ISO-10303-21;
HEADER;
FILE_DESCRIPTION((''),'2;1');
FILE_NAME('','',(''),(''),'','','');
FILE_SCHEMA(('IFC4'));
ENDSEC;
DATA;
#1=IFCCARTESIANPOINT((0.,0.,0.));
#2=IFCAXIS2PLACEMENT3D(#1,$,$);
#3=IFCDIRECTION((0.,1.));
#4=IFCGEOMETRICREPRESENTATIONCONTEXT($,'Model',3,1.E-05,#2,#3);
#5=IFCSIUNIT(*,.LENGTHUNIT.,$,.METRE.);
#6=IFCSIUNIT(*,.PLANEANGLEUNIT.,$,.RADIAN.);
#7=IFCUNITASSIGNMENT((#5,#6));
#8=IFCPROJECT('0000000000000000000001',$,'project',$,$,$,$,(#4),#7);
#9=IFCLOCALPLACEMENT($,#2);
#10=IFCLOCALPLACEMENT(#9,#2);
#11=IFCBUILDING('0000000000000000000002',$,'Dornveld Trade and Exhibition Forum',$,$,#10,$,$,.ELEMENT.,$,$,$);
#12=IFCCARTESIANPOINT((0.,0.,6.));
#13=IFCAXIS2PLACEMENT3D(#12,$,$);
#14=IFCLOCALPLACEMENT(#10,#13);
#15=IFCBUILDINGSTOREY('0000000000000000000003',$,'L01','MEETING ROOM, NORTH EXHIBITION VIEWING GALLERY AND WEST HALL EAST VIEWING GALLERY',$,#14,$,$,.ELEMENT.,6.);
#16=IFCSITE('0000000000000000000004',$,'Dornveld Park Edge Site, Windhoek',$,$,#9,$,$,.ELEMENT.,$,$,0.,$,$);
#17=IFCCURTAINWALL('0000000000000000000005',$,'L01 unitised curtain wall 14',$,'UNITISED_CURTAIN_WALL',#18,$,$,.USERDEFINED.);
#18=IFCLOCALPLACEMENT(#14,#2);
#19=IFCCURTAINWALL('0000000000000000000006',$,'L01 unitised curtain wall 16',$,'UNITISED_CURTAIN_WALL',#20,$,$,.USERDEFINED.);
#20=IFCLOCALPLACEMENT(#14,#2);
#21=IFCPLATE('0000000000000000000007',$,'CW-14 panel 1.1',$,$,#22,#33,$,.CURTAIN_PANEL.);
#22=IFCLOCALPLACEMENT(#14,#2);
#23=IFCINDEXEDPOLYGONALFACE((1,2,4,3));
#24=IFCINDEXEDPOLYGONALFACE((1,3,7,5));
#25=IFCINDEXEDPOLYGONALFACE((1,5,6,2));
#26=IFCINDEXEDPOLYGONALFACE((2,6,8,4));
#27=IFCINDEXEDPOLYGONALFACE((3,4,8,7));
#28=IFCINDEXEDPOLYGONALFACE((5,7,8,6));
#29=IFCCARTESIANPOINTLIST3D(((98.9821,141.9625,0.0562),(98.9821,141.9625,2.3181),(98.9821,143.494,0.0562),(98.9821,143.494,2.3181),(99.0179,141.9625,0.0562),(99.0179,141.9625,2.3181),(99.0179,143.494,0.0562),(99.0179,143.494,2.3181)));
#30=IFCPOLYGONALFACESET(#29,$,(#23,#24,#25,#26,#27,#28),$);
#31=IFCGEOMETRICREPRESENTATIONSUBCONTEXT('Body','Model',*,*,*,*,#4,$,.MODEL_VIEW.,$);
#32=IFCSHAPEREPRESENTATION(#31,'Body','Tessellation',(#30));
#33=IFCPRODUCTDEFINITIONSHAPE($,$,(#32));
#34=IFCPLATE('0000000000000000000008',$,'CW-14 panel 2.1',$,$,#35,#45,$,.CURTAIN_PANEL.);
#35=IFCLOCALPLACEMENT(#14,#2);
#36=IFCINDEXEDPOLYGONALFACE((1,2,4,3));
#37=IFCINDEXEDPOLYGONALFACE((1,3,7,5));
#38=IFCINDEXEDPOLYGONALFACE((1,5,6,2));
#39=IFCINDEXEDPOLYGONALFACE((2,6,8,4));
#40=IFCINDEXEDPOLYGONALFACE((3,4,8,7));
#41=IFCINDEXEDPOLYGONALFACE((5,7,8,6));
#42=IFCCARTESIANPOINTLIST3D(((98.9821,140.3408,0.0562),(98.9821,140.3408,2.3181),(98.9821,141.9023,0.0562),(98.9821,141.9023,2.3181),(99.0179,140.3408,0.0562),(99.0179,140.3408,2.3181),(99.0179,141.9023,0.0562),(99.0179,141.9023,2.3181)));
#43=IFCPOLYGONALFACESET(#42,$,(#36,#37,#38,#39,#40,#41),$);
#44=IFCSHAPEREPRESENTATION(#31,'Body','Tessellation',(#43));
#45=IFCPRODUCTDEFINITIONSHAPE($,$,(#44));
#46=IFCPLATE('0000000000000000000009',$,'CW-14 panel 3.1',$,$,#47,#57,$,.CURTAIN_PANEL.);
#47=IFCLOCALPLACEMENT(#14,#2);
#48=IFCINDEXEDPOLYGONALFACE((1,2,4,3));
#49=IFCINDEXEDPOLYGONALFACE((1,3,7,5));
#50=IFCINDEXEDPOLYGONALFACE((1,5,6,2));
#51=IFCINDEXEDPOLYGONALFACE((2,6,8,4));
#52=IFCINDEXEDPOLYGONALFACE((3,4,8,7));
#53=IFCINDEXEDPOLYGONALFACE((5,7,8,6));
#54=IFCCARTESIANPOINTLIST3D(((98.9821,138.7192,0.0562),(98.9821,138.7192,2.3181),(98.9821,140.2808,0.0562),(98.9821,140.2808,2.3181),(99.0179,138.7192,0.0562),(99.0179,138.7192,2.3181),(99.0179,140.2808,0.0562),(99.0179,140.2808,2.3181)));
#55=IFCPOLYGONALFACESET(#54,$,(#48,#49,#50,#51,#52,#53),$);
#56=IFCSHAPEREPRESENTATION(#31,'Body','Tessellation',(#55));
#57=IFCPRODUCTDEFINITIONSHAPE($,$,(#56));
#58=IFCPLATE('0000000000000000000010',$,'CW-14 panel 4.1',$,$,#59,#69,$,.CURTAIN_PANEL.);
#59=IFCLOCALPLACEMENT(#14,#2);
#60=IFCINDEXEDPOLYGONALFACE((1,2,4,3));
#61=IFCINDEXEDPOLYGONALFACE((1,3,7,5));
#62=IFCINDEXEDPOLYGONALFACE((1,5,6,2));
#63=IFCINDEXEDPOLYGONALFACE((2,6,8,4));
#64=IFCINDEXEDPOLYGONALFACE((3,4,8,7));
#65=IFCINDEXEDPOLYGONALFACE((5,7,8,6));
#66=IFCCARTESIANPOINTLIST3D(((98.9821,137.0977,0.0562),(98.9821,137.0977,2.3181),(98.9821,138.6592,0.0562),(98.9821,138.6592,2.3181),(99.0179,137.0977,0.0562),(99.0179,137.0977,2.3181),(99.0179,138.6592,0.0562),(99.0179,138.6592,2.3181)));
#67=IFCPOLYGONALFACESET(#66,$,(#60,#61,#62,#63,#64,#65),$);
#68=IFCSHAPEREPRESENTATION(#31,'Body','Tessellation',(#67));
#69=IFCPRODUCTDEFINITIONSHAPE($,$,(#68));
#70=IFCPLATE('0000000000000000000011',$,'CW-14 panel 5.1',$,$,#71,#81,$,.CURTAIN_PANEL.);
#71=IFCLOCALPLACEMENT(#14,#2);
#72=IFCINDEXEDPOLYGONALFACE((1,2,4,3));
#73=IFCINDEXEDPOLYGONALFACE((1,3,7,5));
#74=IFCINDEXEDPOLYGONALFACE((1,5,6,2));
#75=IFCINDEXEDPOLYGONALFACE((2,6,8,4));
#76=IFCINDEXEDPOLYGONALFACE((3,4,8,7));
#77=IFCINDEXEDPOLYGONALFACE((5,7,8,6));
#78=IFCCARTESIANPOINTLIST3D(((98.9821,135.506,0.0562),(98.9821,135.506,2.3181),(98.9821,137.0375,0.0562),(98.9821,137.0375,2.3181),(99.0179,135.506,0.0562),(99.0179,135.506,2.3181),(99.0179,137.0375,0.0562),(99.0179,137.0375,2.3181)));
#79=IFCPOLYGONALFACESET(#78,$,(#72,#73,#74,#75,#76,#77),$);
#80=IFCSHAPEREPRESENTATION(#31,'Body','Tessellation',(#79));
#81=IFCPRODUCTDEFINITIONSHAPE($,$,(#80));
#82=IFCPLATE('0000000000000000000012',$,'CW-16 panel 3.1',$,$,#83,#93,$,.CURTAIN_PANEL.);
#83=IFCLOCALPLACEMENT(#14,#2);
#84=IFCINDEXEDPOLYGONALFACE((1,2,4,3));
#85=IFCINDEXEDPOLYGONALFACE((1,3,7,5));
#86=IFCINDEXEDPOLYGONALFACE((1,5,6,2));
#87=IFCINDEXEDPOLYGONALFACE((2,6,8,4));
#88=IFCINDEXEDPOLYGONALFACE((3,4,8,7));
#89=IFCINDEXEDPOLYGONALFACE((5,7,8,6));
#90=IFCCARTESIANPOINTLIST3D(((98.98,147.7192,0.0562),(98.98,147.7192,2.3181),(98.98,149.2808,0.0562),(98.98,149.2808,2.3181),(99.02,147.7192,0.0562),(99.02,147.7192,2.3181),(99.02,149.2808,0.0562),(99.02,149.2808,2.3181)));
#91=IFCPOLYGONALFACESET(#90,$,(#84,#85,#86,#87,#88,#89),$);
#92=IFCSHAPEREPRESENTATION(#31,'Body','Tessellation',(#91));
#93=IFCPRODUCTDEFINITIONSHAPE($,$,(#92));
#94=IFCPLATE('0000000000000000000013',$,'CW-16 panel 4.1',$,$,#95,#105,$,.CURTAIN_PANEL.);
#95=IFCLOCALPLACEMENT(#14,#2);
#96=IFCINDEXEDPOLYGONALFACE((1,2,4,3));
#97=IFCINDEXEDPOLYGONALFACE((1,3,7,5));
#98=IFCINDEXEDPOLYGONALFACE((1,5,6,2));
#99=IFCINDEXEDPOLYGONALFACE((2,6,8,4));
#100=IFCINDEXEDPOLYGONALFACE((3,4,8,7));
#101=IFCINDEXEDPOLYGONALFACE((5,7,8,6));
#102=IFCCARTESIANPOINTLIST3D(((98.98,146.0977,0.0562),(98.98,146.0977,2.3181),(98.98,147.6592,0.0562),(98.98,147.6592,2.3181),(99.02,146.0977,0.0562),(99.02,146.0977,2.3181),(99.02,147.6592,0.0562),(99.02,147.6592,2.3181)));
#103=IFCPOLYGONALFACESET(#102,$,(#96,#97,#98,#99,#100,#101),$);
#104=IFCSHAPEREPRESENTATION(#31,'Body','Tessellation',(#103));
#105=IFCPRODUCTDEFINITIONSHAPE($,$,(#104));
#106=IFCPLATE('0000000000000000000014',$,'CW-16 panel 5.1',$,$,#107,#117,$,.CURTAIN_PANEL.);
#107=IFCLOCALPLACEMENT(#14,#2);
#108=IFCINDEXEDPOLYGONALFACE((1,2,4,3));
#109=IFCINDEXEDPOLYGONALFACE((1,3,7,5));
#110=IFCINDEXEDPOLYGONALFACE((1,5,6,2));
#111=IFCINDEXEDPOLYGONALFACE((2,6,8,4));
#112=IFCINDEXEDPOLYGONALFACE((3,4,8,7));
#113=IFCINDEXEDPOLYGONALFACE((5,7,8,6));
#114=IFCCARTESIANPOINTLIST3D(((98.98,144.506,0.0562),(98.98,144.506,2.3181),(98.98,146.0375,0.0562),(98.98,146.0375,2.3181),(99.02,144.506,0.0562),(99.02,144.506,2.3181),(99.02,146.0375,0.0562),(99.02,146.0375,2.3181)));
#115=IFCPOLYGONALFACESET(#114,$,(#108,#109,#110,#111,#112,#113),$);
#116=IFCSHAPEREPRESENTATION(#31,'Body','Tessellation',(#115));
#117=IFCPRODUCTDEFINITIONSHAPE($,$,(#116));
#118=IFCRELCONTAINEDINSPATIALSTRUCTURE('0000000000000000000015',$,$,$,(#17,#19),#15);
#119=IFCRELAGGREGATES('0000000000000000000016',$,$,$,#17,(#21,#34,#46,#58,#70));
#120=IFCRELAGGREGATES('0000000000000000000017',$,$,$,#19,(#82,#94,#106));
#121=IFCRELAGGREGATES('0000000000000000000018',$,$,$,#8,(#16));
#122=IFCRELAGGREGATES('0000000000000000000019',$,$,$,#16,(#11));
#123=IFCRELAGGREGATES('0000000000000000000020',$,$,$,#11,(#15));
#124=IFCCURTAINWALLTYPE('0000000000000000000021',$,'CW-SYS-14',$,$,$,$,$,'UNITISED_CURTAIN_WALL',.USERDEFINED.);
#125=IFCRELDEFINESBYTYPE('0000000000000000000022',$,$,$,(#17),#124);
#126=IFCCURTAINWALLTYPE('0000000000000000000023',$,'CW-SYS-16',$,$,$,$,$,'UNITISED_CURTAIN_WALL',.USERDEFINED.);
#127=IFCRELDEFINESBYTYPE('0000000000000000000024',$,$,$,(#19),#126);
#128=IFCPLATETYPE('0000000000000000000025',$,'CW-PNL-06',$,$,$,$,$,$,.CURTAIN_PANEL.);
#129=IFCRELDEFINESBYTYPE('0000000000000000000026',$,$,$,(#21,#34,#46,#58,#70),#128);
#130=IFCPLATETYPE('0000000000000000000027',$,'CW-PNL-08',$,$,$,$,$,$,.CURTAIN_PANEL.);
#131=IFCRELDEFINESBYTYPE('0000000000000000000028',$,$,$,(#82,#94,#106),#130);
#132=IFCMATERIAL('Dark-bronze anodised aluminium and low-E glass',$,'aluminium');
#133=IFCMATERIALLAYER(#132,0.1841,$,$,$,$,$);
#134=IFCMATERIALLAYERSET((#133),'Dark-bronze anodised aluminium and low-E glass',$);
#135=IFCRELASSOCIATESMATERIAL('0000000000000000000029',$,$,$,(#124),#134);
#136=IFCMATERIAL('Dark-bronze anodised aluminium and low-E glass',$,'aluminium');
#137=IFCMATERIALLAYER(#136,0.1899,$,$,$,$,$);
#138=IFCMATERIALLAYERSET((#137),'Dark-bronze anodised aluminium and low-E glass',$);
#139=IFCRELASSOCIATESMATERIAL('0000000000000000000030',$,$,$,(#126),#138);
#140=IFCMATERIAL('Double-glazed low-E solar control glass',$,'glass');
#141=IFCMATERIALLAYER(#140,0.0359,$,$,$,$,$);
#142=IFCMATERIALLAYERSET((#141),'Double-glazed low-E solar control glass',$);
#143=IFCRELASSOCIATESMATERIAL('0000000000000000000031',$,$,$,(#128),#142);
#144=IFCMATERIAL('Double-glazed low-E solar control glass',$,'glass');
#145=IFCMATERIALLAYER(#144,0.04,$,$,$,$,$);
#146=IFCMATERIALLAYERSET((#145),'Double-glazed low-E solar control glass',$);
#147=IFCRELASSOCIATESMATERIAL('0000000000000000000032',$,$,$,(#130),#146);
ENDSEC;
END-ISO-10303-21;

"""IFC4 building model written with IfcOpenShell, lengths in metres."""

from ifc_helpers import new_model, si_unit, direction, frame, origin, origin_2d, place, context, subcontext, project, spatial, rectangle, extrude, material, layer, layer_set, type_object, element, aggregate, save


model = new_model("IFC4")

# Units and contexts
model_context = context("Model", 3, precision=1e-05, world=origin(), true_north=direction((0.0, 1.0)))
body_context = subcontext(model_context, "Body", "Model", "MODEL_VIEW")
ifc_project = project(units=[si_unit("LENGTHUNIT", "METRE"), si_unit("PLANEANGLEUNIT", "RADIAN")], contexts=[model_context])

# Site, building, storey
site_placement = place(None, origin())
site = spatial("IfcSite", under=ifc_project, at=site_placement, Name="Dornveld Park Edge Site, Windhoek", CompositionType="ELEMENT", RefElevation=0.0)
building_placement = place(site_placement, origin())
building = spatial("IfcBuilding", under=site, at=building_placement, Name="Dornveld Trade and Exhibition Forum", CompositionType="ELEMENT")
storey_placement = place(building_placement, frame((0.0, 0.0, 6.0)))
storey = spatial("IfcBuildingStorey", under=building, at=storey_placement, Name="L01", Description="MEETING ROOM, NORTH EXHIBITION VIEWING GALLERY AND WEST HALL EAST VIEWING GALLERY", CompositionType="ELEMENT", Elevation=6.0)

# Curtain walls
ifc_material_1 = material(Name="Dark-bronze anodised aluminium and low-E glass", Category="aluminium")
ifc_layer_1 = layer(ifc_material_1, 0.1841)
ifc_layer_set_1 = layer_set([ifc_layer_1], Name="Dark-bronze anodised aluminium and low-E glass")
curtain_wall_type_1 = type_object("IfcCurtainWallType", Name="CW-SYS-14", ElementType="UNITISED_CURTAIN_WALL", PredefinedType="USERDEFINED", material=ifc_layer_set_1)
curtain_wall_1_placement = place(storey_placement, origin())
curtain_wall_1 = element("IfcCurtainWall", 1, at=curtain_wall_1_placement, inside=storey, type_object=curtain_wall_type_1, Name="L01 unitised curtain wall 14", ObjectType="UNITISED_CURTAIN_WALL", PredefinedType="USERDEFINED")
ifc_material_2 = material(Name="Dark-bronze anodised aluminium and low-E glass", Category="aluminium")
ifc_layer_2 = layer(ifc_material_2, 0.1899)
ifc_layer_set_2 = layer_set([ifc_layer_2], Name="Dark-bronze anodised aluminium and low-E glass")
curtain_wall_type_2 = type_object("IfcCurtainWallType", Name="CW-SYS-16", ElementType="UNITISED_CURTAIN_WALL", PredefinedType="USERDEFINED", material=ifc_layer_set_2)
curtain_wall_2_placement = place(storey_placement, origin())
curtain_wall_2 = element("IfcCurtainWall", 2, at=curtain_wall_2_placement, inside=storey, type_object=curtain_wall_type_2, Name="L01 unitised curtain wall 16", ObjectType="UNITISED_CURTAIN_WALL", PredefinedType="USERDEFINED")

# Plates
ifc_material_3 = material(Name="Double-glazed low-E solar control glass", Category="glass")
ifc_layer_3 = layer(ifc_material_3, 0.0359)
ifc_layer_set_3 = layer_set([ifc_layer_3], Name="Double-glazed low-E solar control glass")
plate_type_1 = type_object("IfcPlateType", Name="CW-PNL-06", PredefinedType="CURTAIN_PANEL", material=ifc_layer_set_3)
plate_1_placement = place(storey_placement, frame((99.0, 142.7283, 0.0562), z_axis=(0.0, 0.0, 1.0), x_axis=(0.0, -1.0, 0.0)))
plate_1 = element("IfcPlate", 3, at=plate_1_placement, type_object=plate_type_1, Name="CW-14 panel 1.1", PredefinedType="CURTAIN_PANEL", context=body_context, shape_type="SweptSolid", body=[
    extrude(rectangle(XDim=1.5315, YDim=0.0359, at=origin_2d()), origin(), (0.0, 0.0, 1.0), 2.262),
])
plate_2_placement = place(storey_placement, frame((99.0, 141.1216, 0.0562), z_axis=(0.0, 0.0, 1.0), x_axis=(0.0, -1.0, 0.0)))
plate_2 = element("IfcPlate", 4, at=plate_2_placement, type_object=plate_type_1, Name="CW-14 panel 2.1", PredefinedType="CURTAIN_PANEL", context=body_context, shape_type="SweptSolid", body=[
    extrude(rectangle(XDim=1.5615, YDim=0.0359, at=origin_2d()), origin(), (0.0, 0.0, 1.0), 2.262),
])
plate_3_placement = place(storey_placement, frame((99.0, 139.5, 0.0562), z_axis=(0.0, 0.0, 1.0), x_axis=(0.0, -1.0, 0.0)))
plate_3 = element("IfcPlate", 5, at=plate_3_placement, type_object=plate_type_1, Name="CW-14 panel 3.1", PredefinedType="CURTAIN_PANEL", context=body_context, shape_type="SweptSolid", body=[
    extrude(rectangle(XDim=1.5615, YDim=0.0359, at=origin_2d()), origin(), (0.0, 0.0, 1.0), 2.262),
])
plate_4_placement = place(storey_placement, frame((99.0, 137.8784, 0.0562), z_axis=(0.0, 0.0, 1.0), x_axis=(0.0, -1.0, 0.0)))
plate_4 = element("IfcPlate", 6, at=plate_4_placement, type_object=plate_type_1, Name="CW-14 panel 4.1", PredefinedType="CURTAIN_PANEL", context=body_context, shape_type="SweptSolid", body=[
    extrude(rectangle(XDim=1.5615, YDim=0.0359, at=origin_2d()), origin(), (0.0, 0.0, 1.0), 2.262),
])
plate_5_placement = place(storey_placement, frame((99.0, 136.2717, 0.0562), z_axis=(0.0, 0.0, 1.0), x_axis=(0.0, -1.0, 0.0)))
plate_5 = element("IfcPlate", 7, at=plate_5_placement, type_object=plate_type_1, Name="CW-14 panel 5.1", PredefinedType="CURTAIN_PANEL", context=body_context, shape_type="SweptSolid", body=[
    extrude(rectangle(XDim=1.5315, YDim=0.0359, at=origin_2d()), origin(), (0.0, 0.0, 1.0), 2.262),
])
aggregate(curtain_wall_1, [plate_1, plate_2, plate_3, plate_4, plate_5])
ifc_material_4 = material(Name="Double-glazed low-E solar control glass", Category="glass")
ifc_layer_4 = layer(ifc_material_4, 0.04)
ifc_layer_set_4 = layer_set([ifc_layer_4], Name="Double-glazed low-E solar control glass")
plate_type_2 = type_object("IfcPlateType", Name="CW-PNL-08", PredefinedType="CURTAIN_PANEL", material=ifc_layer_set_4)
plate_6_placement = place(storey_placement, frame((99.0, 148.5, 0.0562), z_axis=(0.0, 0.0, 1.0), x_axis=(0.0, -1.0, 0.0)))
plate_6 = element("IfcPlate", 8, at=plate_6_placement, type_object=plate_type_2, Name="CW-16 panel 3.1", PredefinedType="CURTAIN_PANEL", context=body_context, shape_type="SweptSolid", body=[
    extrude(rectangle(XDim=1.5615, YDim=0.04, at=origin_2d()), origin(), (0.0, 0.0, 1.0), 2.262),
])
plate_7_placement = place(storey_placement, frame((99.0, 146.8784, 0.0562), z_axis=(0.0, 0.0, 1.0), x_axis=(0.0, -1.0, 0.0)))
plate_7 = element("IfcPlate", 9, at=plate_7_placement, type_object=plate_type_2, Name="CW-16 panel 4.1", PredefinedType="CURTAIN_PANEL", context=body_context, shape_type="SweptSolid", body=[
    extrude(rectangle(XDim=1.5615, YDim=0.04, at=origin_2d()), origin(), (0.0, 0.0, 1.0), 2.262),
])
plate_8_placement = place(storey_placement, frame((99.0, 145.2717, 0.0562), z_axis=(0.0, 0.0, 1.0), x_axis=(0.0, -1.0, 0.0)))
plate_8 = element("IfcPlate", 10, at=plate_8_placement, type_object=plate_type_2, Name="CW-16 panel 5.1", PredefinedType="CURTAIN_PANEL", context=body_context, shape_type="SweptSolid", body=[
    extrude(rectangle(XDim=1.5315, YDim=0.04, at=origin_2d()), origin(), (0.0, 0.0, 1.0), 2.262),
])
aggregate(curtain_wall_2, [plate_6, plate_7, plate_8])

save(model, "model.ifc")
